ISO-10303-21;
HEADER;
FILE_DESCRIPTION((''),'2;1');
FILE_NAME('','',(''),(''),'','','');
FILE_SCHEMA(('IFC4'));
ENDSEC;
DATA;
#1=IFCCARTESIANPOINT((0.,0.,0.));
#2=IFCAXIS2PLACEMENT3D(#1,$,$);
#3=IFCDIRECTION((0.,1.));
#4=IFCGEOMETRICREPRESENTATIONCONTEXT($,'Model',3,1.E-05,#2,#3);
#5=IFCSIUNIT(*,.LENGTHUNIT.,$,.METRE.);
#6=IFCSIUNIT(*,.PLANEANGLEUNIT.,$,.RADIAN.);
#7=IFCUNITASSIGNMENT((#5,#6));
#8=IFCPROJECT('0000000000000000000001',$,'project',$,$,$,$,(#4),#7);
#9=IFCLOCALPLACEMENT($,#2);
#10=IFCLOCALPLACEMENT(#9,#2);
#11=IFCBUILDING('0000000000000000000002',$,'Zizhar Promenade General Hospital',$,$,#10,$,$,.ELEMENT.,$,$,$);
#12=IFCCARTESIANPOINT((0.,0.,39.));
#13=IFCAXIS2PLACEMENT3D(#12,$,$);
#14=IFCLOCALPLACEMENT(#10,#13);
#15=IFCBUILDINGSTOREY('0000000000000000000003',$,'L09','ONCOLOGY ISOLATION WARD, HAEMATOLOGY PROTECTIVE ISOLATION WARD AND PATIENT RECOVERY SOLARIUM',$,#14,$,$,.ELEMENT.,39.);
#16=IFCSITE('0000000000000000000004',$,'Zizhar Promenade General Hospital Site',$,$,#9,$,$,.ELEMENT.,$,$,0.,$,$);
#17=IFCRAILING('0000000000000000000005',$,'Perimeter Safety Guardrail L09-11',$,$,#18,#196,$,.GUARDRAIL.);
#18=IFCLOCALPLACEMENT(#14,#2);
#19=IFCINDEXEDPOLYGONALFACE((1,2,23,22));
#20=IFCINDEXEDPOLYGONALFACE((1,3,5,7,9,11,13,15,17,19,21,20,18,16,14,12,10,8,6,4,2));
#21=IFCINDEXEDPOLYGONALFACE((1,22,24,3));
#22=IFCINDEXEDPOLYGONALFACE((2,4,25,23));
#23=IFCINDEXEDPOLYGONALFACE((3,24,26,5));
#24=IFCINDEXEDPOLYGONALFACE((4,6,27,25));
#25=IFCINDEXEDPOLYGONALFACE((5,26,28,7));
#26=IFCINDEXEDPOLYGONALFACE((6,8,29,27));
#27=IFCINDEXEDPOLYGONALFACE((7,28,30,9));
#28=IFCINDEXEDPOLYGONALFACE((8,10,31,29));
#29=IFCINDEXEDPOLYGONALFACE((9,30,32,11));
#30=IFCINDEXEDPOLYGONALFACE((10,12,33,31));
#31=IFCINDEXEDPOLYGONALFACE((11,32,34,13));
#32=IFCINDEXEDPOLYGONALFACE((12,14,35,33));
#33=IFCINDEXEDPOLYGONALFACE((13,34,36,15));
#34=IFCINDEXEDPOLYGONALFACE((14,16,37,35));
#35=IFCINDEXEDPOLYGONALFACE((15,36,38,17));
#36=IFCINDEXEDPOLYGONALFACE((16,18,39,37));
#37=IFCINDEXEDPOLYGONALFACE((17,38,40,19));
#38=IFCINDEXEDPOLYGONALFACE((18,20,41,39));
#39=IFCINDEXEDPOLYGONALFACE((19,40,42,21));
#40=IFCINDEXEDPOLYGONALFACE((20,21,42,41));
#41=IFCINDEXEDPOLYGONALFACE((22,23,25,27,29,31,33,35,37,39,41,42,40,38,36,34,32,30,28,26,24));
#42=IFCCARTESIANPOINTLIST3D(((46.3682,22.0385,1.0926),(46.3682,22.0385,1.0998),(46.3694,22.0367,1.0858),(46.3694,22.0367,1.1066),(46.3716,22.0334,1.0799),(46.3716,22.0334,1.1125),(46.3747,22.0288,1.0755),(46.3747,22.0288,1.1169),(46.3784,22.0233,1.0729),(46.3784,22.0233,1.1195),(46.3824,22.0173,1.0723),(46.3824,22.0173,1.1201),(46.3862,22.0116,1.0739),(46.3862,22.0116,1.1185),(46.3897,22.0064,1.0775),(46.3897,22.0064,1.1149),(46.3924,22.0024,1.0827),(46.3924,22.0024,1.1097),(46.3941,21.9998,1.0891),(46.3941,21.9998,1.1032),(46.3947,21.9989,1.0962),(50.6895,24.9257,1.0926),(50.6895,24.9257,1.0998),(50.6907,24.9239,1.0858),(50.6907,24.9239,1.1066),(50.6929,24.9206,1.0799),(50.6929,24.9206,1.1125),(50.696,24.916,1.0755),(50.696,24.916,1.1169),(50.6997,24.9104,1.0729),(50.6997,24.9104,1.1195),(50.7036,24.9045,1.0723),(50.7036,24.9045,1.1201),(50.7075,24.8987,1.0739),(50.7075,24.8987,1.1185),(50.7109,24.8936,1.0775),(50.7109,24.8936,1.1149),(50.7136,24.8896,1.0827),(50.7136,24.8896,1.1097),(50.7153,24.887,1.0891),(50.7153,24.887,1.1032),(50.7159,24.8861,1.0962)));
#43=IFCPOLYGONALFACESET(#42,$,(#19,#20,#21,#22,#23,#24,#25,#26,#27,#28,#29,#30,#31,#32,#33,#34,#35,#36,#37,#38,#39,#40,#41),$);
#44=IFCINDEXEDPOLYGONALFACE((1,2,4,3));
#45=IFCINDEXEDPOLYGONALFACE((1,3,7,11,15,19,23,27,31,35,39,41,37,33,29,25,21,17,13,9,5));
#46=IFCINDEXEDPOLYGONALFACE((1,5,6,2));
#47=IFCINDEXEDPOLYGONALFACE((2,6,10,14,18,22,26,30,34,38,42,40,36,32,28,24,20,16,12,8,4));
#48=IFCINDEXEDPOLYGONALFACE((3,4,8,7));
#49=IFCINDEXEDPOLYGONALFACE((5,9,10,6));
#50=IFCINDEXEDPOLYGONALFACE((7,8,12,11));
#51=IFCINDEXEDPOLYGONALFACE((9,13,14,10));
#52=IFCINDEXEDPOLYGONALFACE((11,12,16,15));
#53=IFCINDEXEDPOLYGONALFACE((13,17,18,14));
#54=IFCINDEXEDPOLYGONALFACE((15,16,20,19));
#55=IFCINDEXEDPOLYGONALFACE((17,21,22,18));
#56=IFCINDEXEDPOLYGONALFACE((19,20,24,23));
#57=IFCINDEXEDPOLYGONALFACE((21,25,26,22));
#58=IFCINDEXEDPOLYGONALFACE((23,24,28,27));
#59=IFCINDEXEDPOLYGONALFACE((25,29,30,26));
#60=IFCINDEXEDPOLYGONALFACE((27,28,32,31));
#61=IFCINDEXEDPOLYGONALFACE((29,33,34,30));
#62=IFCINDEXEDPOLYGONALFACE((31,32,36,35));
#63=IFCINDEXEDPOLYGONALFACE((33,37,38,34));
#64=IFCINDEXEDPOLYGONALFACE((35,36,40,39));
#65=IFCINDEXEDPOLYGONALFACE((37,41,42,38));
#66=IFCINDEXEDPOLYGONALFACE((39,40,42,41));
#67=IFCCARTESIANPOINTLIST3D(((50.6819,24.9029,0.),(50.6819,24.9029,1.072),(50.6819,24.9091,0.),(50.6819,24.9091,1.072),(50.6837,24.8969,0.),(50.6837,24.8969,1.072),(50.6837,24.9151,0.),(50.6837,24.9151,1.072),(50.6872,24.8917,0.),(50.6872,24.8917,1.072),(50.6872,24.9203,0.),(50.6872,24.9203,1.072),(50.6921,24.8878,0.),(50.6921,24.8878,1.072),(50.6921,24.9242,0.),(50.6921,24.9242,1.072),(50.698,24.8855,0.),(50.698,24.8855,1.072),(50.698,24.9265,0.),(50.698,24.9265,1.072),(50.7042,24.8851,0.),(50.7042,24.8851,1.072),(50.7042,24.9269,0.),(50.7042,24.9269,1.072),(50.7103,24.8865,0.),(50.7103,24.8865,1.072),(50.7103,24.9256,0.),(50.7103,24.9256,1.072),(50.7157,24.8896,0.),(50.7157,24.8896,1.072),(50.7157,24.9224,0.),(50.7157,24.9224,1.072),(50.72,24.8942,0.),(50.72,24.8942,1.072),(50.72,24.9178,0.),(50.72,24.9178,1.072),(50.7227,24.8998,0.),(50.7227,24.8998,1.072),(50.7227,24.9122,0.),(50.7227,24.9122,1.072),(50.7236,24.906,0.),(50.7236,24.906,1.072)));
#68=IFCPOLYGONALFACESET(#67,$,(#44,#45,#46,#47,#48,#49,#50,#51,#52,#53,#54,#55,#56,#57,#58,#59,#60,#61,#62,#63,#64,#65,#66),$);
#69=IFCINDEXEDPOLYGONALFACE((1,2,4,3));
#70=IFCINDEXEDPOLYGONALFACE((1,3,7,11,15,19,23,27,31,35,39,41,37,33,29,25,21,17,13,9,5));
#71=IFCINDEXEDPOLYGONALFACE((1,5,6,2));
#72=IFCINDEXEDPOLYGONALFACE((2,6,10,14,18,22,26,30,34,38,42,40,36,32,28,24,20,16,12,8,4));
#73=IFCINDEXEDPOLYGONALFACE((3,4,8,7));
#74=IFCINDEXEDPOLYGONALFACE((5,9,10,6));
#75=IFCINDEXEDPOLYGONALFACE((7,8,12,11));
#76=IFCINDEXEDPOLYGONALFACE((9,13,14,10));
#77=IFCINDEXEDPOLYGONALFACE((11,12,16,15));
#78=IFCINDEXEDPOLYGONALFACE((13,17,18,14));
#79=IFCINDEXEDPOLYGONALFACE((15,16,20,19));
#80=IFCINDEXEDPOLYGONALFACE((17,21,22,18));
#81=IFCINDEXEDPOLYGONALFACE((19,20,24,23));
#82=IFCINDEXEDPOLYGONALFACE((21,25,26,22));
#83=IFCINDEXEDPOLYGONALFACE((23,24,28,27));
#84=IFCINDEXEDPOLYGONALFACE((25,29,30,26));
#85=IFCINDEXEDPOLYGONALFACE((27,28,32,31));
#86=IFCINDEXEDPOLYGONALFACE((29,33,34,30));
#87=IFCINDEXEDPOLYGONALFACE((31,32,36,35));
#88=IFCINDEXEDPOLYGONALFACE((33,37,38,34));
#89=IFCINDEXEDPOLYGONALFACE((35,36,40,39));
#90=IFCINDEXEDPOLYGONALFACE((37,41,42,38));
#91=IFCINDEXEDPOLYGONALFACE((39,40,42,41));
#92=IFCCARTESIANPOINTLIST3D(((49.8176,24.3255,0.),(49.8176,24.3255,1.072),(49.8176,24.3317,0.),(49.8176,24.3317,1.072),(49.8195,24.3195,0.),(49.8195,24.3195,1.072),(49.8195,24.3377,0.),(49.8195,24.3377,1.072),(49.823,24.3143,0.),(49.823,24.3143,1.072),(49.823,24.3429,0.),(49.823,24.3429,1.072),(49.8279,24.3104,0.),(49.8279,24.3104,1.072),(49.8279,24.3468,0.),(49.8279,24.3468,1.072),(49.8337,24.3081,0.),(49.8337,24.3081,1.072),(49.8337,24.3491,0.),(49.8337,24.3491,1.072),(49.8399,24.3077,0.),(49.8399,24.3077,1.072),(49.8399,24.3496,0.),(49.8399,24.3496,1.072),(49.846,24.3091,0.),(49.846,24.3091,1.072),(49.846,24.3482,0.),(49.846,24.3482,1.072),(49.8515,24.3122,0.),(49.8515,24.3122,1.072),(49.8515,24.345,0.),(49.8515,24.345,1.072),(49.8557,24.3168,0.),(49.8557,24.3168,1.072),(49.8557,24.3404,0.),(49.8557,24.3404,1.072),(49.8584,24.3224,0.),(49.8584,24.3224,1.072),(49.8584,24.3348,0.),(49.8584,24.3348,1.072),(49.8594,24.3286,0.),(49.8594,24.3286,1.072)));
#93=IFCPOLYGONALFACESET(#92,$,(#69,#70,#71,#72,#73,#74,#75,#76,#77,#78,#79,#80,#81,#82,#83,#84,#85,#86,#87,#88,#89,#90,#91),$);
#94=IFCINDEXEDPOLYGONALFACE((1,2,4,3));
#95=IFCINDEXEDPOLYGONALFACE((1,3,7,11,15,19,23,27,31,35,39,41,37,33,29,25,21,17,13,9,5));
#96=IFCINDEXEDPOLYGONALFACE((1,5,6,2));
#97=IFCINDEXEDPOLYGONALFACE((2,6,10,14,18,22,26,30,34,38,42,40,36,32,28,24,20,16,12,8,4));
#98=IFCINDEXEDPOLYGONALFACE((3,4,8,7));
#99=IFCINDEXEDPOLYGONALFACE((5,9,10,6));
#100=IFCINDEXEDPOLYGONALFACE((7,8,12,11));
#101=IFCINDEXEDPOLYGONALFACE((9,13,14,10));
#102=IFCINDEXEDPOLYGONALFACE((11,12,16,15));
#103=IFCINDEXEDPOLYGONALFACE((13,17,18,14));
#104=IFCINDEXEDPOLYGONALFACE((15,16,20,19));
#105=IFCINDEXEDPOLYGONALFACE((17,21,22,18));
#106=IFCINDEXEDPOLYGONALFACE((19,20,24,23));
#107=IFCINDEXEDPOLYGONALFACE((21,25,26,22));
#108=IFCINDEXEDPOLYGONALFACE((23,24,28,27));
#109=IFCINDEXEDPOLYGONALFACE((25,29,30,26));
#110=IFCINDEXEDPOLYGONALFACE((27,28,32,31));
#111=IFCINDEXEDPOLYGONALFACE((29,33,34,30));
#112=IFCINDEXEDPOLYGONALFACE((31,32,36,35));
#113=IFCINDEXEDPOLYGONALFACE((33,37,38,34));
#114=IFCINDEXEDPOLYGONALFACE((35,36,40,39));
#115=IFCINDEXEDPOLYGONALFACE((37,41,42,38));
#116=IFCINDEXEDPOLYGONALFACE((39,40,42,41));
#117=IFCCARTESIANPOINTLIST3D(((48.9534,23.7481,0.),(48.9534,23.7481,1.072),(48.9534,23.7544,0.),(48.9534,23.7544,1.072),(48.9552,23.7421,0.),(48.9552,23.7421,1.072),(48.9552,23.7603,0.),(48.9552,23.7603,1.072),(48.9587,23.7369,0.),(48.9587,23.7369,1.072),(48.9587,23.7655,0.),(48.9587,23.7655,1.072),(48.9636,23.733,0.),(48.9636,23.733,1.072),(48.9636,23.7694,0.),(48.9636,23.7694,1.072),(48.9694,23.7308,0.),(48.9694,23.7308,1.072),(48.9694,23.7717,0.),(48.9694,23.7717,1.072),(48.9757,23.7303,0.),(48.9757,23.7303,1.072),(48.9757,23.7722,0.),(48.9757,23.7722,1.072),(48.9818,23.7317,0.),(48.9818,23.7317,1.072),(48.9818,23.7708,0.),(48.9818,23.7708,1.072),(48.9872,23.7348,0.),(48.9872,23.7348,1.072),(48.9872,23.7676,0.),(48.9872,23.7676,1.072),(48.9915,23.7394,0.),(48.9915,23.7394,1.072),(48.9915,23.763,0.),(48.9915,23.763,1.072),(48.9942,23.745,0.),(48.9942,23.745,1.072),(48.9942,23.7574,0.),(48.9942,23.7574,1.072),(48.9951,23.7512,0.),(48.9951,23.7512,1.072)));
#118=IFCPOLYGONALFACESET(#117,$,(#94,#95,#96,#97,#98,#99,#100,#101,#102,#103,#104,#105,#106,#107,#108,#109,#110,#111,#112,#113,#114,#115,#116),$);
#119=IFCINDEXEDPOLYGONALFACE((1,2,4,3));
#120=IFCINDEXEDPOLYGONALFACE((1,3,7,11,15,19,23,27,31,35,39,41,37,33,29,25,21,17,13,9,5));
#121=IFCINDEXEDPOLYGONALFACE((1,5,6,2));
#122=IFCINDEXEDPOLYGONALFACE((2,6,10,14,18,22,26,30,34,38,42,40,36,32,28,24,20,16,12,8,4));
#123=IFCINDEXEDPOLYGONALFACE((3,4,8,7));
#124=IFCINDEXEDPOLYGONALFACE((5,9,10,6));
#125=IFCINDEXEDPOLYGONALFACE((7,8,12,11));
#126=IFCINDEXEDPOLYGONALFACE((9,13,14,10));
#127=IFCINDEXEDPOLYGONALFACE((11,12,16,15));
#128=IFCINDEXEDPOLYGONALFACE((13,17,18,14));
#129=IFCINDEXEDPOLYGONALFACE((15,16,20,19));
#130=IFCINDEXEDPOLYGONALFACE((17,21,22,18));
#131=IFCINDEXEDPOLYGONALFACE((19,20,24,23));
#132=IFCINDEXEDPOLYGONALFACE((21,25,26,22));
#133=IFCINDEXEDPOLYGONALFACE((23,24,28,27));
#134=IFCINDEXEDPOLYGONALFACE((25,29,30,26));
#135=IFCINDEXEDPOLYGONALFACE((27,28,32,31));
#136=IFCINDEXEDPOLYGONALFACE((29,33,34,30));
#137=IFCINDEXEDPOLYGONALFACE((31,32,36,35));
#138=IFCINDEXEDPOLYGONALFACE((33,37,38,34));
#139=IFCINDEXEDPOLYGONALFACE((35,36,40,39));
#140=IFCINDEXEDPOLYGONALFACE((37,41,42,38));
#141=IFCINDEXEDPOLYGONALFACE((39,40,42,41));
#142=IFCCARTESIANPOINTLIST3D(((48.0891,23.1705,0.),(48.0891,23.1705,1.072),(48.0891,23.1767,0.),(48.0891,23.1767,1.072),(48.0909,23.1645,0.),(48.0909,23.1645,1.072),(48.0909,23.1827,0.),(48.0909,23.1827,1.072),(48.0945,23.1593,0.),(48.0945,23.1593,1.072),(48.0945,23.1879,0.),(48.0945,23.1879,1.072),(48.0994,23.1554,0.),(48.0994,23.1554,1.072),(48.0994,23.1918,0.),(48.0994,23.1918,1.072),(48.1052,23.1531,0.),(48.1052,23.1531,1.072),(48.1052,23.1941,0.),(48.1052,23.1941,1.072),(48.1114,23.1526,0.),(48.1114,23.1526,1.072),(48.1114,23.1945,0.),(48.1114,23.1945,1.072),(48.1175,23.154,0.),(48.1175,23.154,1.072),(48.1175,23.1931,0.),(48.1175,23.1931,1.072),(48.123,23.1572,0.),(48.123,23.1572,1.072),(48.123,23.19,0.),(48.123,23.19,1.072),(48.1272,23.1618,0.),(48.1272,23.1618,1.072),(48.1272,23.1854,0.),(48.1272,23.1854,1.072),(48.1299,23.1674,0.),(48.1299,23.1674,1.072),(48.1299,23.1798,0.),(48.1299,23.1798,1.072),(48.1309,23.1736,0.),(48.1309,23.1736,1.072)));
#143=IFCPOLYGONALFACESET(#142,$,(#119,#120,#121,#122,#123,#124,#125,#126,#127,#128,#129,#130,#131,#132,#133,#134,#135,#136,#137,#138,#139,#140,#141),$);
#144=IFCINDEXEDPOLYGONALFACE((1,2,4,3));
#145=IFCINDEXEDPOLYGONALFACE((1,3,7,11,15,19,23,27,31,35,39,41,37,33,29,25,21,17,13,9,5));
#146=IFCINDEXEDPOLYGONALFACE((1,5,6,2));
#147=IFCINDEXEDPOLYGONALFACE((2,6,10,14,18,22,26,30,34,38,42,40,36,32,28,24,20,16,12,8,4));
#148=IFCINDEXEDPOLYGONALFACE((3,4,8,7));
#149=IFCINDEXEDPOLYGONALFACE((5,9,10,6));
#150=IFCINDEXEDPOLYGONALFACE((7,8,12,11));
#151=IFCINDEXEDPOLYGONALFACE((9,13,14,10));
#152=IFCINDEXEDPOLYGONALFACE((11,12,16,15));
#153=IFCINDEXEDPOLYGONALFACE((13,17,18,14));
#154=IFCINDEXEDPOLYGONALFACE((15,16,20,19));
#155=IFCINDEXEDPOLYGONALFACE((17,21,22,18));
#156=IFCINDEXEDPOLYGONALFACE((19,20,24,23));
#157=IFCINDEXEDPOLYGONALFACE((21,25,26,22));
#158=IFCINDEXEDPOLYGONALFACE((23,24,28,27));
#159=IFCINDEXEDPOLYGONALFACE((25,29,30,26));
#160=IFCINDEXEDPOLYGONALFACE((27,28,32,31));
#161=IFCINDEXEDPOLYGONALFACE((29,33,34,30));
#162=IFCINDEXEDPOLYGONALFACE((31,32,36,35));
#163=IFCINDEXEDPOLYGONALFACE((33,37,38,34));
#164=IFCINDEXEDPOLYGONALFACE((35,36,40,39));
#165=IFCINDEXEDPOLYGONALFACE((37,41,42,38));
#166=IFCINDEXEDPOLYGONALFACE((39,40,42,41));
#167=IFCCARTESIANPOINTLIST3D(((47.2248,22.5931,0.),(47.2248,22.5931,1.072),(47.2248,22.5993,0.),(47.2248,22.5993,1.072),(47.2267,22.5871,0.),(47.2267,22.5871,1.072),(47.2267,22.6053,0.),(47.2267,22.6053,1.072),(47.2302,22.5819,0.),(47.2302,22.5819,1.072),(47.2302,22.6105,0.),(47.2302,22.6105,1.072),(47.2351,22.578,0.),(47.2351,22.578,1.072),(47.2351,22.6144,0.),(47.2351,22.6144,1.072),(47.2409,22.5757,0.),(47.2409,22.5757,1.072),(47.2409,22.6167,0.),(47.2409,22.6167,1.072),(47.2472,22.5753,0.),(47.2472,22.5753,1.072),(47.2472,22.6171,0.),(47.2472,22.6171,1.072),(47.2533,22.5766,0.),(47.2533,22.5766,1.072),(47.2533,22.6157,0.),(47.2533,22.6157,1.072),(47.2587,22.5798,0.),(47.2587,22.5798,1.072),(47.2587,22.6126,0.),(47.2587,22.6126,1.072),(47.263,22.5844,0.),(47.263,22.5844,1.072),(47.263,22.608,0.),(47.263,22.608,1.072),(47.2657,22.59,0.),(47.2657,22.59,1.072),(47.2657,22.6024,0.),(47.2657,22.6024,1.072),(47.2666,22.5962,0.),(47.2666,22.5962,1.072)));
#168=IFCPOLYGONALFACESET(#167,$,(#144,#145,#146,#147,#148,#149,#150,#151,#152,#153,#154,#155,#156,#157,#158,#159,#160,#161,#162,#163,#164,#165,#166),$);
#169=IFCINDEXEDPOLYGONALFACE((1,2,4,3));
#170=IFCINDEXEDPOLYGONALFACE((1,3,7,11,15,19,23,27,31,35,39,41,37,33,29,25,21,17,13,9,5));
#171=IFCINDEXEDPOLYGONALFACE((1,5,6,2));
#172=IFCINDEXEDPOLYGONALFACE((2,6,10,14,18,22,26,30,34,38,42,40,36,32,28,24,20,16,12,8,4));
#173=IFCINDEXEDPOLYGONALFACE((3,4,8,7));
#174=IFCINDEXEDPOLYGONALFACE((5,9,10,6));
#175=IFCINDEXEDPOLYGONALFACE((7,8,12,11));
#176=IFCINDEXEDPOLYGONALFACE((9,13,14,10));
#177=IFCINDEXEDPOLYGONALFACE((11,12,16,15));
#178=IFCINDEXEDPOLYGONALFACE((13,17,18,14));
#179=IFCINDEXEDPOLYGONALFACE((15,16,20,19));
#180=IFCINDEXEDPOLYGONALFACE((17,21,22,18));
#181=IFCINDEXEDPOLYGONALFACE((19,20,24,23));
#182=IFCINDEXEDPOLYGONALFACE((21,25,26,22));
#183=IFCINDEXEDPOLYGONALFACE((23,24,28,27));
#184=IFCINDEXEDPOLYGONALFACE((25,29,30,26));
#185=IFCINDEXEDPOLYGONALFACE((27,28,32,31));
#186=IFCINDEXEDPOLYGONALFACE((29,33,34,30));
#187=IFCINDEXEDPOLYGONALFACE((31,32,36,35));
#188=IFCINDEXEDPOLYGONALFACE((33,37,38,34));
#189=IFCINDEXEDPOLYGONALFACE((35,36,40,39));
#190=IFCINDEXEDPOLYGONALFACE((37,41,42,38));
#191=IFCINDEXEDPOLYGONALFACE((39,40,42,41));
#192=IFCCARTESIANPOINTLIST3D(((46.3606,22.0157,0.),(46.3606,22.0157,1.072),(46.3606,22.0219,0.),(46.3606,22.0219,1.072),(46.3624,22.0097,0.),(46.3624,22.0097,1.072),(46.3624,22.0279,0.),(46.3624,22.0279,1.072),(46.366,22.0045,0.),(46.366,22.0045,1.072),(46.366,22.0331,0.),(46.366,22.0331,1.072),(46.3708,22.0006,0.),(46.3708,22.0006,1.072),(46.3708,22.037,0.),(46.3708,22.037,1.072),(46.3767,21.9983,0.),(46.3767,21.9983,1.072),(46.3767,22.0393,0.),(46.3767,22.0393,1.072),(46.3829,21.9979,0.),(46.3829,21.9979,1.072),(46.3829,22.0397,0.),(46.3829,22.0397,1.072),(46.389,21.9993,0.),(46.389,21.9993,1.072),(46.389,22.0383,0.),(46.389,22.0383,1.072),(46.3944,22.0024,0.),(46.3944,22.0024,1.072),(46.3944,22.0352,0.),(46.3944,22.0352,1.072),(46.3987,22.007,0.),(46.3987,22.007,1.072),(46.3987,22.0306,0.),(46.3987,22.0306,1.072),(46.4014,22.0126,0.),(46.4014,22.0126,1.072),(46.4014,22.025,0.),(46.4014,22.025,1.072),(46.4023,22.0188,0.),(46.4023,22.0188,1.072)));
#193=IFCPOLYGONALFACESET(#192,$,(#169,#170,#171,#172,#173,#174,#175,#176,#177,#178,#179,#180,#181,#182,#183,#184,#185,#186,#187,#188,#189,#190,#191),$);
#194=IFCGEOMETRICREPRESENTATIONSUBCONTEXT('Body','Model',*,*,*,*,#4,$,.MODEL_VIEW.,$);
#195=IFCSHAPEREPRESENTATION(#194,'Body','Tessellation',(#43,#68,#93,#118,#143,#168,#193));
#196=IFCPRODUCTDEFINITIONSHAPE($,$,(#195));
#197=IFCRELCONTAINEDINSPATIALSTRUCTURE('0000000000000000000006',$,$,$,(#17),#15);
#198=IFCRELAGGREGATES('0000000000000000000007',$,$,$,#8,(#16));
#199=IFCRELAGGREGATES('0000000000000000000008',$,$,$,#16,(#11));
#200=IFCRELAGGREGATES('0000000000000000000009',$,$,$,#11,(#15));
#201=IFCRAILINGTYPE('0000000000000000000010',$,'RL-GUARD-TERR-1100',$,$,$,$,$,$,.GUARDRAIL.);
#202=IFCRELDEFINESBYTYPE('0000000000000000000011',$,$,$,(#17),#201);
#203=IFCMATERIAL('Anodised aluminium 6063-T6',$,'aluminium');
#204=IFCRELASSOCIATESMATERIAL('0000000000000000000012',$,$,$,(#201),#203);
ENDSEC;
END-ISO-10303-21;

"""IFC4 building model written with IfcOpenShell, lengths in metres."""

from ifc_helpers import new_model, si_unit, direction, frame, origin, origin_2d, place, context, subcontext, project, spatial, circle, hollow_circle, extrude, material, material_profile, profile_set, type_object, element, save


model = new_model("IFC4")

# Units and contexts
model_context = context("Model", 3, precision=1e-05, world=origin(), true_north=direction((0.0, 1.0)))
body_context = subcontext(model_context, "Body", "Model", "MODEL_VIEW")
ifc_project = project(units=[si_unit("LENGTHUNIT", "METRE"), si_unit("PLANEANGLEUNIT", "RADIAN")], contexts=[model_context])

# Site, building, storey
site_placement = place(None, origin())
site = spatial("IfcSite", under=ifc_project, at=site_placement, Name="Zizhar Promenade General Hospital Site", CompositionType="ELEMENT", RefElevation=0.0)
building_placement = place(site_placement, origin())
building = spatial("IfcBuilding", under=site, at=building_placement, Name="Zizhar Promenade General Hospital", CompositionType="ELEMENT")
storey_placement = place(building_placement, frame((0.0, 0.0, 39.0)))
storey = spatial("IfcBuildingStorey", under=building, at=storey_placement, Name="L09", Description="ONCOLOGY ISOLATION WARD, HAEMATOLOGY PROTECTIVE ISOLATION WARD AND PATIENT RECOVERY SOLARIUM", CompositionType="ELEMENT", Elevation=39.0)

# Railing
ifc_material_1 = material(Name="Anodised aluminium 6063-T6", Category="aluminium")
ifc_material_profile_1 = material_profile(ifc_material_1, hollow_circle(Radius=0.0698, WallThickness=0.0063, at=origin_2d()))
ifc_profile_set_1 = profile_set([ifc_material_profile_1], Name="Anodised aluminium 6063-T6")
railing_type = type_object("IfcRailingType", Name="RL-GUARD-TERR-1100", PredefinedType="GUARDRAIL", material=ifc_profile_set_1)
railing_1_placement = place(storey_placement, frame((50.7026, 24.906, 0.0)))
element("IfcRailing", 1, at=railing_1_placement, inside=storey, type_object=railing_type, Name="Perimeter Safety Guardrail L09-11", PredefinedType="GUARDRAIL", context=body_context, shape_type="SweptSolid", body=[
    extrude(circle(Radius=0.0239, at=origin_2d()), frame((0.0, 0.0, 1.0962), z_axis=(-0.831486, -0.555545, 0.0), x_axis=(0.555545, -0.831486, 0.0)), (0.0, 0.0, 1.0), 5.197),
    extrude(circle(Radius=0.021, at=origin_2d()), origin(), (0.0, 0.0, 1.0), 1.072),
    extrude(circle(Radius=0.021, at=origin_2d()), frame((-0.8643, -0.5774, 0.0)), (0.0, 0.0, 1.0), 1.072),
    extrude(circle(Radius=0.021, at=origin_2d()), frame((-1.7285, -1.1548, 0.0)), (0.0, 0.0, 1.0), 1.072),
    extrude(circle(Radius=0.021, at=origin_2d()), frame((-2.5928, -1.7324, 0.0)), (0.0, 0.0, 1.0), 1.072),
    extrude(circle(Radius=0.021, at=origin_2d()), frame((-3.457, -2.3098, 0.0)), (0.0, 0.0, 1.0), 1.072),
    extrude(circle(Radius=0.021, at=origin_2d()), frame((-4.3213, -2.8872, 0.0)), (0.0, 0.0, 1.0), 1.072),
])

save(model, "model.ifc")
